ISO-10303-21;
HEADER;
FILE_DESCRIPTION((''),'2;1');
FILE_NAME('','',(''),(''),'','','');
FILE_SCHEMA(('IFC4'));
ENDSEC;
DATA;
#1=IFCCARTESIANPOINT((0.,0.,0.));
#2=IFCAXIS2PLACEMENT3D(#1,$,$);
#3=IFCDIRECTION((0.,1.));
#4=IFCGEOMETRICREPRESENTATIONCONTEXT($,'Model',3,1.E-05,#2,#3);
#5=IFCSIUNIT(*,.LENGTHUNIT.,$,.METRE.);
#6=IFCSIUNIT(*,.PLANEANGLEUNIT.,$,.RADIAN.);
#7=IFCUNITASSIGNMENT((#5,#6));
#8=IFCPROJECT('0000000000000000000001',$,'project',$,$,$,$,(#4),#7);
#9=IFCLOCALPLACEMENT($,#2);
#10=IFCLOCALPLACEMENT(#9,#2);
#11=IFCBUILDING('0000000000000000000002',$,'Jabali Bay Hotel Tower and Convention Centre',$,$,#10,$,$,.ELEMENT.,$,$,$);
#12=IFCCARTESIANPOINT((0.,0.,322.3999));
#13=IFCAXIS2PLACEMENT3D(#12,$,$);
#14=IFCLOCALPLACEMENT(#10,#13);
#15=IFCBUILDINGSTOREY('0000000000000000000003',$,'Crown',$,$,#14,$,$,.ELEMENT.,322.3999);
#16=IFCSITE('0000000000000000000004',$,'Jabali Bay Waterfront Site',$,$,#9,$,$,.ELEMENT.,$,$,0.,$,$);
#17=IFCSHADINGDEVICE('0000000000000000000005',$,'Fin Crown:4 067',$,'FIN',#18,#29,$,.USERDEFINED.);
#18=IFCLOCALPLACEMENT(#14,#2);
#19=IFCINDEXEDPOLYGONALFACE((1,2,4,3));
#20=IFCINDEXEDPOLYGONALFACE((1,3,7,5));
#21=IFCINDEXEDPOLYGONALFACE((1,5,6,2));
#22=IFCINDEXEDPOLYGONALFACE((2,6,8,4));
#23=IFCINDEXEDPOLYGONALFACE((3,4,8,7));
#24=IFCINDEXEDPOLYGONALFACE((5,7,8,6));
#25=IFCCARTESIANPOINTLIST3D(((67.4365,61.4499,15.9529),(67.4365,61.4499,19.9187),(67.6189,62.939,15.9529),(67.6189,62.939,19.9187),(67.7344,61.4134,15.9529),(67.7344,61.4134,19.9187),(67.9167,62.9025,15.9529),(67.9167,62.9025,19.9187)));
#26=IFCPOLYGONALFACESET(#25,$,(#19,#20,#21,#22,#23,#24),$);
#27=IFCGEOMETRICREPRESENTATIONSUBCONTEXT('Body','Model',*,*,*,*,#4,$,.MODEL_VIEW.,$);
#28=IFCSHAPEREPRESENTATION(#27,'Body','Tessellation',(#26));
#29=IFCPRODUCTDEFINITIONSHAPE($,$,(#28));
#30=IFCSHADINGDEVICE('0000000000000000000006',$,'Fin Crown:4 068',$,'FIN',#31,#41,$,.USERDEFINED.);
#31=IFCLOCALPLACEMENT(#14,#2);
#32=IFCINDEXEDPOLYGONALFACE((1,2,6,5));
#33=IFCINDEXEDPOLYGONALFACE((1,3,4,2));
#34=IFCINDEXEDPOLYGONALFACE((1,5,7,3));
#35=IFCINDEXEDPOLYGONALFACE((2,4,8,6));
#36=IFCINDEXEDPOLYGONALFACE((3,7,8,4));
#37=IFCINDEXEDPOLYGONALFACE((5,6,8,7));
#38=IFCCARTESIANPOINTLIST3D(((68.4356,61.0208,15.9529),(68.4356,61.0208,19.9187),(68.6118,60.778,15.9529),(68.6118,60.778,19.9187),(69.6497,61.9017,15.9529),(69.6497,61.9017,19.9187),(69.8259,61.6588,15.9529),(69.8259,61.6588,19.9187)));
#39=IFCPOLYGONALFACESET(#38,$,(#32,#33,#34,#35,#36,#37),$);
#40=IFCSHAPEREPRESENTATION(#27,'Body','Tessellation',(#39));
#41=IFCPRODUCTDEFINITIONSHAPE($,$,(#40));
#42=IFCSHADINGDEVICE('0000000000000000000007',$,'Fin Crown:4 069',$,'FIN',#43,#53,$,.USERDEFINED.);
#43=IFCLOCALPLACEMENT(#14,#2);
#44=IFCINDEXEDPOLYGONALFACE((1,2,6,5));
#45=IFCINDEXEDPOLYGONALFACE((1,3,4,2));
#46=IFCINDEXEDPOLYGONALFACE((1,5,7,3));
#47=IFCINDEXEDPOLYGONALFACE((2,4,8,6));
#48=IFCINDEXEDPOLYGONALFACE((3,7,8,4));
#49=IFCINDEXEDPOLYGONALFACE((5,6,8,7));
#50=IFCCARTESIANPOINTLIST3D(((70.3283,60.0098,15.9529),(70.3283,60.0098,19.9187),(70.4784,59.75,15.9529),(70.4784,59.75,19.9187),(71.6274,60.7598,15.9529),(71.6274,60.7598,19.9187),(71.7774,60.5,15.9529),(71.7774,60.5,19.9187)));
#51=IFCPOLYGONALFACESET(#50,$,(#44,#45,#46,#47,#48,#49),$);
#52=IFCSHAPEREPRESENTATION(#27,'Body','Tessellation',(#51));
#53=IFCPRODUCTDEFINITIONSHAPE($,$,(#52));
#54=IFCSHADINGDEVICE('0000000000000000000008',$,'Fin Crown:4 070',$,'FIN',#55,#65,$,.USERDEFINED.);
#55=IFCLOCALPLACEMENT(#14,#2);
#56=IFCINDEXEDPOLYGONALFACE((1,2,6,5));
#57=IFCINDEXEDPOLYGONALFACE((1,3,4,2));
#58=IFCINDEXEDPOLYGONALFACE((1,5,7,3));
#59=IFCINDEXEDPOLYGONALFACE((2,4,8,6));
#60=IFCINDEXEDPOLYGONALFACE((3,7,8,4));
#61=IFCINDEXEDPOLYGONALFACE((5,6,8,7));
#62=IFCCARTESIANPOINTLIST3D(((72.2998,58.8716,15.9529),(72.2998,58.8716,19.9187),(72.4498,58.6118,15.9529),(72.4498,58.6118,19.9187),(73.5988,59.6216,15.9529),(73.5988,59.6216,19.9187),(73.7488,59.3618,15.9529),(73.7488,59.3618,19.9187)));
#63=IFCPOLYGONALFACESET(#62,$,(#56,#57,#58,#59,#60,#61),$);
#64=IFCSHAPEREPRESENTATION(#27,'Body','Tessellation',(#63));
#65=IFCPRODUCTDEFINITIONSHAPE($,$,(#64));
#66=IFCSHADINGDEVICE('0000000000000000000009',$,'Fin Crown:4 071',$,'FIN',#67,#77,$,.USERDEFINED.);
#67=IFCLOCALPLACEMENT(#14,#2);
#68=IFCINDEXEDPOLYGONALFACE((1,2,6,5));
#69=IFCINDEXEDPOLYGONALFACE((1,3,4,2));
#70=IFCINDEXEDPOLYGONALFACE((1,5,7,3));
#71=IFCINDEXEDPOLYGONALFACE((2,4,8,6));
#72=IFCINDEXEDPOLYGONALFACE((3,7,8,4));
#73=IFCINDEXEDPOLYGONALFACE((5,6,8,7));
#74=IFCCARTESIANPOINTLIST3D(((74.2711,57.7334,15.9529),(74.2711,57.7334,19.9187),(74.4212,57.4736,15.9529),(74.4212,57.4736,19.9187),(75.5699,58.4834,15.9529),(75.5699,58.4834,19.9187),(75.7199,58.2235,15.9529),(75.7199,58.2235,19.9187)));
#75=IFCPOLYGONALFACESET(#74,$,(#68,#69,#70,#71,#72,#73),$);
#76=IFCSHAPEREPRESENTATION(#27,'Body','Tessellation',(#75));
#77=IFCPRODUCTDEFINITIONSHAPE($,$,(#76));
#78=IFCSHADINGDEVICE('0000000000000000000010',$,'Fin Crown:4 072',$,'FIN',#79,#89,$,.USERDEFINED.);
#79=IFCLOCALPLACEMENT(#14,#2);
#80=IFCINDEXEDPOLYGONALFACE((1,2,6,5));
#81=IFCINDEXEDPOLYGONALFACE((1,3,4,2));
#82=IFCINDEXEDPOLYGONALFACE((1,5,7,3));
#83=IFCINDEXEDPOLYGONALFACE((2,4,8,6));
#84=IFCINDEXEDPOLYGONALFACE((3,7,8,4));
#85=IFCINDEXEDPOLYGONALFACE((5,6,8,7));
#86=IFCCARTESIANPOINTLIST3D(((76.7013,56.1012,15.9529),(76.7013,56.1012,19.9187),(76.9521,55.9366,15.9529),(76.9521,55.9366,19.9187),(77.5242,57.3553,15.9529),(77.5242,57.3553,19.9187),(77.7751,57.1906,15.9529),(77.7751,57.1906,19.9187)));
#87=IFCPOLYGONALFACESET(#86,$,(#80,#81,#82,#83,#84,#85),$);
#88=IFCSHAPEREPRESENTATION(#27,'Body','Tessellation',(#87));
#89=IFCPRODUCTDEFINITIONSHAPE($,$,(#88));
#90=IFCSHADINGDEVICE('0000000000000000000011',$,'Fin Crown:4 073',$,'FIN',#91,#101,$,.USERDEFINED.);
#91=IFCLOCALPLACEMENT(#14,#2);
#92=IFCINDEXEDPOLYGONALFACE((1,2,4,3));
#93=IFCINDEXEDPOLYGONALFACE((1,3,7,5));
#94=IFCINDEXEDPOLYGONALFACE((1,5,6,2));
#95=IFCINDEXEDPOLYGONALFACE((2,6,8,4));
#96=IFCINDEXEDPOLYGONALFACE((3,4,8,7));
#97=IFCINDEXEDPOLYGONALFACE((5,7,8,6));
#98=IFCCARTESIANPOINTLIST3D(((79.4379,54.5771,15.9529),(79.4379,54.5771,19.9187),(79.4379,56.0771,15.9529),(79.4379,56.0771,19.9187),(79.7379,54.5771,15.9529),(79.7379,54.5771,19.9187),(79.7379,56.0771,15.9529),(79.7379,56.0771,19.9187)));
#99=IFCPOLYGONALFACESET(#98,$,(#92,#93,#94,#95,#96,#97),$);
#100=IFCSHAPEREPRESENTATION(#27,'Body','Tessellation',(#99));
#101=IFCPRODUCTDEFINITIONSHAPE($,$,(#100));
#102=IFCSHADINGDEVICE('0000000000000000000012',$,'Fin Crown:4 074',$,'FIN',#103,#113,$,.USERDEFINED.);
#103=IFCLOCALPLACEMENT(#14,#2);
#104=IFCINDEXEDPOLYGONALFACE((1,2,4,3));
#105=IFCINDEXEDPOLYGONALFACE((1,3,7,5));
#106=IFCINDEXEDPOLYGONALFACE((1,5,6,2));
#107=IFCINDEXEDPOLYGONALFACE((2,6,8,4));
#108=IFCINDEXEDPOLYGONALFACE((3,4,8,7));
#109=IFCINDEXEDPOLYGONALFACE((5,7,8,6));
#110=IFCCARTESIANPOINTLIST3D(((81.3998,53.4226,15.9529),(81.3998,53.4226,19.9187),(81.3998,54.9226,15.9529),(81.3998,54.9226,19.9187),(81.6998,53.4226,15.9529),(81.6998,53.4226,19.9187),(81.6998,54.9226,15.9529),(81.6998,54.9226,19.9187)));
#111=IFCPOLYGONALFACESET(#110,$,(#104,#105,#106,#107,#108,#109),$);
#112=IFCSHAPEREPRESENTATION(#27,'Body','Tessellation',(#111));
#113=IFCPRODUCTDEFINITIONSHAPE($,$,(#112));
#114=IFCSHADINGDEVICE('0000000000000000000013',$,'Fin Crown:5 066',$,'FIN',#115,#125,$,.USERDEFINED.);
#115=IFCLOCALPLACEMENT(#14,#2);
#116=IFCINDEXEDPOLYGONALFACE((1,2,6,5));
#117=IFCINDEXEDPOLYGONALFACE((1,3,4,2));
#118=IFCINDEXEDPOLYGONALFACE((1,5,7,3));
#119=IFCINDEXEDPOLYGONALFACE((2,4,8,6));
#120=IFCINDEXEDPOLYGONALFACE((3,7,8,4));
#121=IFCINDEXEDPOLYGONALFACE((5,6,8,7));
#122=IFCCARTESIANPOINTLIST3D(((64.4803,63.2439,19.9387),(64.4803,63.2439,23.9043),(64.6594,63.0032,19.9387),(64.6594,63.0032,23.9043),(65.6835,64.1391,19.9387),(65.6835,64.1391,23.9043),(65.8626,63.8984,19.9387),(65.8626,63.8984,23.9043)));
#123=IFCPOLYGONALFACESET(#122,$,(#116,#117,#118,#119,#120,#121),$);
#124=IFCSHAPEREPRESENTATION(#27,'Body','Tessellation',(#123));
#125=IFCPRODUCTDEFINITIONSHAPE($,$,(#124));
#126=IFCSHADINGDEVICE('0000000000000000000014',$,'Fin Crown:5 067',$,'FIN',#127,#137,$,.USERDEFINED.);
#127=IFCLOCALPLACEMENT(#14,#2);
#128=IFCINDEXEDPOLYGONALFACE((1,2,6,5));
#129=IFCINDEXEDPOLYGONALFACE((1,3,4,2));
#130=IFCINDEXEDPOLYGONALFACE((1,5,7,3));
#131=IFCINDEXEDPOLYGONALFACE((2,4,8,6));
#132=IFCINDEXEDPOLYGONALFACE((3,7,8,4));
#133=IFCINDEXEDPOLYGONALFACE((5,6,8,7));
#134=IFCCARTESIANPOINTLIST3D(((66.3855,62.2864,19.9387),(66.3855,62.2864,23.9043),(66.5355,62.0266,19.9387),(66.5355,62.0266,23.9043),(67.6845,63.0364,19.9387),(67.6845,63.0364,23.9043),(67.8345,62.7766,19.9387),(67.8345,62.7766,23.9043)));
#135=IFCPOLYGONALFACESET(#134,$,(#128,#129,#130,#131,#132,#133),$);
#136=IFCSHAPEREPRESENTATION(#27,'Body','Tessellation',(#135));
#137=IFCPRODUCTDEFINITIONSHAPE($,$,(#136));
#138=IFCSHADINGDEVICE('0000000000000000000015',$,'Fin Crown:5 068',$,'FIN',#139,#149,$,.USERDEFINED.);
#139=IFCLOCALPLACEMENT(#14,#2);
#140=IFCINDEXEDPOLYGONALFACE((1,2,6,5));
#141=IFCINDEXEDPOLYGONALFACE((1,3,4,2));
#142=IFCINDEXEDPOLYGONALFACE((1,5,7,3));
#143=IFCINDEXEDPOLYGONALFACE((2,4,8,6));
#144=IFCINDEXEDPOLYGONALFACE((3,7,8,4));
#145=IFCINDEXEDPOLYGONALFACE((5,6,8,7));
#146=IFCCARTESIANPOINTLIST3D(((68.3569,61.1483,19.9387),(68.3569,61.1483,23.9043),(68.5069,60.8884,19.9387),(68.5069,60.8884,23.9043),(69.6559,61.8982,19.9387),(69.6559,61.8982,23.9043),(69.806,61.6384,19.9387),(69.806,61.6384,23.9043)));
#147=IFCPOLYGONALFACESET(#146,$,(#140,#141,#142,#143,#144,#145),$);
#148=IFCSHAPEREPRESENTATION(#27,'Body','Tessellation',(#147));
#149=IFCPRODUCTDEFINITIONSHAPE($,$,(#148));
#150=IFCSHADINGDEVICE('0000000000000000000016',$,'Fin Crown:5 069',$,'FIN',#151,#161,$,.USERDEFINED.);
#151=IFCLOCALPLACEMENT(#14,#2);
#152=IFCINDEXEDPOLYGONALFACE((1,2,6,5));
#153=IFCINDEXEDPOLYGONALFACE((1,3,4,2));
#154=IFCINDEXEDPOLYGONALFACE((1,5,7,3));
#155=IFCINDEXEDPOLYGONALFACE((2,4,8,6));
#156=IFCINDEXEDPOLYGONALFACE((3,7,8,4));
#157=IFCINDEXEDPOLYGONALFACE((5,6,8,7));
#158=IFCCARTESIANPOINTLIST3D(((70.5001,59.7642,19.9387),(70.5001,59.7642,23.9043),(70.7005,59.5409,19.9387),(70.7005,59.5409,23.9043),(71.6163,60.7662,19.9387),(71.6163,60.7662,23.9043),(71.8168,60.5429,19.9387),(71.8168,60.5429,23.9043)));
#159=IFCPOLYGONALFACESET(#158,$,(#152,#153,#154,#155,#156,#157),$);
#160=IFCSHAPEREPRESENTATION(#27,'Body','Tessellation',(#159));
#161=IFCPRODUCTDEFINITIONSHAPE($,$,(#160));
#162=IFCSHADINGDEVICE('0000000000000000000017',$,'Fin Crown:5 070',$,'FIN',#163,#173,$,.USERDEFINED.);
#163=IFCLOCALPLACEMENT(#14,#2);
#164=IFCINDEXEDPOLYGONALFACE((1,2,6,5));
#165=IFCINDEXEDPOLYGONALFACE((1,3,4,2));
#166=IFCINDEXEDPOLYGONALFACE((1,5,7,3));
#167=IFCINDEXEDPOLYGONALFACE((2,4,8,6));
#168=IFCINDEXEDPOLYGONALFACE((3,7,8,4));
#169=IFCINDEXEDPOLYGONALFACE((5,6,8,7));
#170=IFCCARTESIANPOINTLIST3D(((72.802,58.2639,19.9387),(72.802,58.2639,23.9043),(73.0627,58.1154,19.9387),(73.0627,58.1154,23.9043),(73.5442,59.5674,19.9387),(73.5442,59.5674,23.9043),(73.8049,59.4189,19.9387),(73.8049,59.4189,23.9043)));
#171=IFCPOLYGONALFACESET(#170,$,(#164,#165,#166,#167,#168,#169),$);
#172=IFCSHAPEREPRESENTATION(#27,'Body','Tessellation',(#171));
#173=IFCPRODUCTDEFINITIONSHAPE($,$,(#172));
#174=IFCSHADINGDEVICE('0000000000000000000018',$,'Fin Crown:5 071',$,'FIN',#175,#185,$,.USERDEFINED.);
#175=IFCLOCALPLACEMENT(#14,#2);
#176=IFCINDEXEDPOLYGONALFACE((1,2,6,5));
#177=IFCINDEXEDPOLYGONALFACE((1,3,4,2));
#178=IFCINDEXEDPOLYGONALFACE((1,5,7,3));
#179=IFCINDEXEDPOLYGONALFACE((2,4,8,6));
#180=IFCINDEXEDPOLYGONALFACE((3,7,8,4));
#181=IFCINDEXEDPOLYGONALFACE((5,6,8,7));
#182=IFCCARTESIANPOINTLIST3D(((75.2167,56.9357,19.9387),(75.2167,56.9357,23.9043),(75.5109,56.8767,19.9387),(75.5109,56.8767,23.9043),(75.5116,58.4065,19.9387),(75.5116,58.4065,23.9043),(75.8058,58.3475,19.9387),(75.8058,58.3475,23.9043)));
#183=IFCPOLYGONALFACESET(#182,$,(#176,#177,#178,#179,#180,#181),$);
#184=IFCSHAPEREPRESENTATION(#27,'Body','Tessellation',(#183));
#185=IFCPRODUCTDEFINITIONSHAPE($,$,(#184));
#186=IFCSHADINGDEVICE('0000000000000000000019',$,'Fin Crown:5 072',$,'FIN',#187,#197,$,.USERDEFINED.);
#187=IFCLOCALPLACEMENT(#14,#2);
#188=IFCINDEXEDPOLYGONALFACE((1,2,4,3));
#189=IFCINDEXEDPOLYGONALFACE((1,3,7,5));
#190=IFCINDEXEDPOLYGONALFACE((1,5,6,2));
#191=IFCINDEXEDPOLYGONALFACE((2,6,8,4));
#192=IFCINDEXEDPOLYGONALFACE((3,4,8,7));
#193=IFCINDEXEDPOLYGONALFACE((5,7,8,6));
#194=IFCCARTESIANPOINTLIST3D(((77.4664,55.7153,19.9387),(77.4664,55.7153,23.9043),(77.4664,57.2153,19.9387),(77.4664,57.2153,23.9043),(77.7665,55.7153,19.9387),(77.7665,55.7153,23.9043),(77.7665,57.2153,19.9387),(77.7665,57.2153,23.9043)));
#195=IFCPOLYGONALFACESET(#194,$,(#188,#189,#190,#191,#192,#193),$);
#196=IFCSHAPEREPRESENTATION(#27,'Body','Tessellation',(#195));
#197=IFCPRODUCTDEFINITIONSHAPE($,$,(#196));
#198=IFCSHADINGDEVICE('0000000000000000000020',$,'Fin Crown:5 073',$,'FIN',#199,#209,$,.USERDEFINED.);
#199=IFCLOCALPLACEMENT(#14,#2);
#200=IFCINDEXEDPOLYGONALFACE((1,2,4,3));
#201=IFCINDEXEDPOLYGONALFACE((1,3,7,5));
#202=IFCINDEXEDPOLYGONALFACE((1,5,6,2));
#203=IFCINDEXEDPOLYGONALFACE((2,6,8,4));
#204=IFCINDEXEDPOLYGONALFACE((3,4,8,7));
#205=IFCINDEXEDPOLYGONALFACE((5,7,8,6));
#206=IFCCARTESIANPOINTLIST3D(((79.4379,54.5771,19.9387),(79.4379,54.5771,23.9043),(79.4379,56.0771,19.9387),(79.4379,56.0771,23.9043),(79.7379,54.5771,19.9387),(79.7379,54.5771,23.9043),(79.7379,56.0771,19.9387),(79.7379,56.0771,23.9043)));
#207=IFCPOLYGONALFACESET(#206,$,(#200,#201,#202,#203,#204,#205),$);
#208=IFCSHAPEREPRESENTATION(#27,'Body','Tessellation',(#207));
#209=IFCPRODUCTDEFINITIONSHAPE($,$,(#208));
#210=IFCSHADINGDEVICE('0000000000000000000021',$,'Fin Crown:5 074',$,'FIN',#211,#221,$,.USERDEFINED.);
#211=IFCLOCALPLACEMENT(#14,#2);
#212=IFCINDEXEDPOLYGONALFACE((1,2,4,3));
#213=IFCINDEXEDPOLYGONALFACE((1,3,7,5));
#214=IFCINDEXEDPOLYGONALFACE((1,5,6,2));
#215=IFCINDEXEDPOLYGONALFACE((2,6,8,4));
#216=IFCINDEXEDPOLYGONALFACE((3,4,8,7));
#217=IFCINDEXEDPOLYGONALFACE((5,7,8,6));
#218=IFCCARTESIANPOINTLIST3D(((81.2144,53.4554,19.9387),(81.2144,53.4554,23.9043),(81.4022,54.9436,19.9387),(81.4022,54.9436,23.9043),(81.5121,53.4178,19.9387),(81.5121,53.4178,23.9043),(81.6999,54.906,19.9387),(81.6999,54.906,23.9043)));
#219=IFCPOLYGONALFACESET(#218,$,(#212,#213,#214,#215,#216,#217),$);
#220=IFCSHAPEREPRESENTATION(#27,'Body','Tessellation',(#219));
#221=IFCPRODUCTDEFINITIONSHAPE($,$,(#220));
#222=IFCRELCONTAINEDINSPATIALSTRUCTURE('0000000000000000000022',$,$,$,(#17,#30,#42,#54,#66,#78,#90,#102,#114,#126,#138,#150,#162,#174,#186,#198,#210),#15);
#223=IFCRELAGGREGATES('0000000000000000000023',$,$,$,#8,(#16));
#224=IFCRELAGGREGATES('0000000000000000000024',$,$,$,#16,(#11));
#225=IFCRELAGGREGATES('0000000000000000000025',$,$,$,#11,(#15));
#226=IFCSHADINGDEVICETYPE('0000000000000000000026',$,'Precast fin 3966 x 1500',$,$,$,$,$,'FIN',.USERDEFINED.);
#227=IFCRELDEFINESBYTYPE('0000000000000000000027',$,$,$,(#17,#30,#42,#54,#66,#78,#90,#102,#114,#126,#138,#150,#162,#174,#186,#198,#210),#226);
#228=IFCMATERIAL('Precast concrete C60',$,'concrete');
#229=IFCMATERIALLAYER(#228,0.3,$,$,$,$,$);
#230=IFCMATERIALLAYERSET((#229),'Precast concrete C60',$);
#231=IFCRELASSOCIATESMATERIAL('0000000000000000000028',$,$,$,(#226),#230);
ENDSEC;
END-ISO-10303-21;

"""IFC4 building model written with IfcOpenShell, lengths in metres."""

from ifc_helpers import new_model, si_unit, direction, frame, frame_2d, origin, place, context, subcontext, project, spatial, rectangle, extrude, material, layer, layer_set, type_object, element, save


model = new_model("IFC4")

# Units and contexts
model_context = context("Model", 3, precision=1e-05, world=origin(), true_north=direction((0.0, 1.0)))
body_context = subcontext(model_context, "Body", "Model", "MODEL_VIEW")
ifc_project = project(units=[si_unit("LENGTHUNIT", "METRE"), si_unit("PLANEANGLEUNIT", "RADIAN")], contexts=[model_context])

# Site, building, storey
site_placement = place(None, origin())
site = spatial("IfcSite", under=ifc_project, at=site_placement, Name="Jabali Bay Waterfront Site", CompositionType="ELEMENT", RefElevation=0.0)
building_placement = place(site_placement, origin())
building = spatial("IfcBuilding", under=site, at=building_placement, Name="Jabali Bay Hotel Tower and Convention Centre", CompositionType="ELEMENT")
storey_placement = place(building_placement, frame((0.0, 0.0, 322.3999)))
storey = spatial("IfcBuildingStorey", under=building, at=storey_placement, Name="Crown", CompositionType="ELEMENT", Elevation=322.3999)

# Shading devices
ifc_material_1 = material(Name="Precast concrete C60", Category="concrete")
ifc_layer = layer(ifc_material_1, 0.3)
ifc_layer_set = layer_set([ifc_layer], Name="Precast concrete C60")
shading_device_type = type_object("IfcShadingDeviceType", Name="Precast fin 3966 x 1500", ElementType="FIN", PredefinedType="USERDEFINED", material=ifc_layer_set)
shading_device_1_placement = place(storey_placement, frame((67.7678, 62.9207, 15.9529), z_axis=(0.0, 0.0, 1.0), x_axis=(-0.121571, -0.992583, 0.0)))
element("IfcShadingDevice", 1, at=shading_device_1_placement, inside=storey, type_object=shading_device_type, Name="Fin Crown:4 067", ObjectType="FIN", PredefinedType="USERDEFINED", context=body_context, shape_type="SweptSolid", body=[
    extrude(rectangle(XDim=1.5002, YDim=0.3, at=frame_2d((0.75, 0.0))), origin(), (0.0, 0.0, 1.0), 3.9658),
])
for number, where, z_axis, x_axis, name in (
    (2, (69.7378, 61.7803, 15.9529), (0.0, 0.0, 1.0), (-0.809411, -0.587242, 0.0), "Fin Crown:4 068"),
    (3, (71.7024, 60.6299, 15.9529), (0.0, 0.0, 1.0), (-0.866031, -0.49999, 0.0), "Fin Crown:4 069"),
    (4, (73.6738, 59.4917, 15.9529), (0.0, 0.0, 1.0), (-0.866031, -0.49999, 0.0), "Fin Crown:4 070"),
):
    element("IfcShadingDevice", number, at=place(storey_placement, frame(where, z_axis=z_axis, x_axis=x_axis)), inside=storey, type_object=shading_device_type, Name=name, ObjectType="FIN", PredefinedType="USERDEFINED", context=body_context, shape_type="SweptSolid", body=[
        extrude(rectangle(XDim=1.5, YDim=0.3, at=frame_2d((0.75, 0.0))), origin(), (0.0, 0.0, 1.0), 3.9658),
    ])
shading_device_2_placement = place(storey_placement, frame((75.645, 58.3535, 15.9529), z_axis=(0.0, 0.0, 1.0), x_axis=(-0.86599, -0.500061, 0.0)))
element("IfcShadingDevice", 5, at=shading_device_2_placement, inside=storey, type_object=shading_device_type, Name="Fin Crown:4 071", ObjectType="FIN", PredefinedType="USERDEFINED", context=body_context, shape_type="SweptSolid", body=[
    extrude(rectangle(XDim=1.4998, YDim=0.3, at=frame_2d((0.75, 0.0))), origin(), (0.0, 0.0, 1.0), 3.9658),
])
for number, where, z_axis, x_axis, name in (
    (6, (77.6497, 57.2729, 15.9529), (0.0, 0.0, 1.0), (-0.548639, -0.83606, 0.0), "Fin Crown:4 072"),
    (7, (79.5879, 56.0771, 15.9529), (0.0, 0.0, 1.0), (0.0, -1.0, 0.0), "Fin Crown:4 073"),
    (8, (81.5498, 54.9226, 15.9529), (0.0, 0.0, 1.0), (0.0, -1.0, 0.0), "Fin Crown:4 074"),
):
    element("IfcShadingDevice", number, at=place(storey_placement, frame(where, z_axis=z_axis, x_axis=x_axis)), inside=storey, type_object=shading_device_type, Name=name, ObjectType="FIN", PredefinedType="USERDEFINED", context=body_context, shape_type="SweptSolid", body=[
        extrude(rectangle(XDim=1.5, YDim=0.3, at=frame_2d((0.75, 0.0))), origin(), (0.0, 0.0, 1.0), 3.9658),
    ])
shading_device_3_placement = place(storey_placement, frame((65.7732, 64.0188, 19.9387), z_axis=(0.0, 0.0, 1.0), x_axis=(-0.802318, -0.596896, 0.0)))
element("IfcShadingDevice", 9, at=shading_device_3_placement, inside=storey, type_object=shading_device_type, Name="Fin Crown:5 066", ObjectType="FIN", PredefinedType="USERDEFINED", context=body_context, shape_type="SweptSolid", body=[
    extrude(rectangle(XDim=1.4998, YDim=0.3, at=frame_2d((0.75, 0.0))), origin(), (0.0, 0.0, 1.0), 3.9656),
])
for number, where, z_axis, x_axis, name in (
    (10, (67.7595, 62.9065, 19.9387), (0.0, 0.0, 1.0), (-0.866031, -0.49999, 0.0), "Fin Crown:5 067"),
    (11, (69.731, 61.7683, 19.9387), (0.0, 0.0, 1.0), (-0.866031, -0.49999, 0.0), "Fin Crown:5 068"),
    (12, (71.7166, 60.6545, 19.9387), (0.0, 0.0, 1.0), (-0.744168, -0.667993, 0.0), "Fin Crown:5 069"),
    (13, (73.6746, 59.4932, 19.9387), (0.0, 0.0, 1.0), (-0.494806, -0.869003, 0.0), "Fin Crown:5 070"),
    (14, (75.6587, 58.377, 19.9387), (0.0, 0.0, 1.0), (-0.196617, -0.98048, 0.0), "Fin Crown:5 071"),
    (15, (77.6165, 57.2153, 19.9387), (0.0, 0.0, 1.0), (0.0, -1.0, 0.0), "Fin Crown:5 072"),
    (16, (79.5879, 56.0771, 19.9387), (0.0, 0.0, 1.0), (0.0, -1.0, 0.0), "Fin Crown:5 073"),
    (17, (81.551, 54.9248, 19.9387), (0.0, 0.0, 1.0), (-0.125156, -0.992137, 0.0), "Fin Crown:5 074"),
):
    element("IfcShadingDevice", number, at=place(storey_placement, frame(where, z_axis=z_axis, x_axis=x_axis)), inside=storey, type_object=shading_device_type, Name=name, ObjectType="FIN", PredefinedType="USERDEFINED", context=body_context, shape_type="SweptSolid", body=[
        extrude(rectangle(XDim=1.5, YDim=0.3, at=frame_2d((0.75, 0.0))), origin(), (0.0, 0.0, 1.0), 3.9656),
    ])

save(model, "model.ifc")
